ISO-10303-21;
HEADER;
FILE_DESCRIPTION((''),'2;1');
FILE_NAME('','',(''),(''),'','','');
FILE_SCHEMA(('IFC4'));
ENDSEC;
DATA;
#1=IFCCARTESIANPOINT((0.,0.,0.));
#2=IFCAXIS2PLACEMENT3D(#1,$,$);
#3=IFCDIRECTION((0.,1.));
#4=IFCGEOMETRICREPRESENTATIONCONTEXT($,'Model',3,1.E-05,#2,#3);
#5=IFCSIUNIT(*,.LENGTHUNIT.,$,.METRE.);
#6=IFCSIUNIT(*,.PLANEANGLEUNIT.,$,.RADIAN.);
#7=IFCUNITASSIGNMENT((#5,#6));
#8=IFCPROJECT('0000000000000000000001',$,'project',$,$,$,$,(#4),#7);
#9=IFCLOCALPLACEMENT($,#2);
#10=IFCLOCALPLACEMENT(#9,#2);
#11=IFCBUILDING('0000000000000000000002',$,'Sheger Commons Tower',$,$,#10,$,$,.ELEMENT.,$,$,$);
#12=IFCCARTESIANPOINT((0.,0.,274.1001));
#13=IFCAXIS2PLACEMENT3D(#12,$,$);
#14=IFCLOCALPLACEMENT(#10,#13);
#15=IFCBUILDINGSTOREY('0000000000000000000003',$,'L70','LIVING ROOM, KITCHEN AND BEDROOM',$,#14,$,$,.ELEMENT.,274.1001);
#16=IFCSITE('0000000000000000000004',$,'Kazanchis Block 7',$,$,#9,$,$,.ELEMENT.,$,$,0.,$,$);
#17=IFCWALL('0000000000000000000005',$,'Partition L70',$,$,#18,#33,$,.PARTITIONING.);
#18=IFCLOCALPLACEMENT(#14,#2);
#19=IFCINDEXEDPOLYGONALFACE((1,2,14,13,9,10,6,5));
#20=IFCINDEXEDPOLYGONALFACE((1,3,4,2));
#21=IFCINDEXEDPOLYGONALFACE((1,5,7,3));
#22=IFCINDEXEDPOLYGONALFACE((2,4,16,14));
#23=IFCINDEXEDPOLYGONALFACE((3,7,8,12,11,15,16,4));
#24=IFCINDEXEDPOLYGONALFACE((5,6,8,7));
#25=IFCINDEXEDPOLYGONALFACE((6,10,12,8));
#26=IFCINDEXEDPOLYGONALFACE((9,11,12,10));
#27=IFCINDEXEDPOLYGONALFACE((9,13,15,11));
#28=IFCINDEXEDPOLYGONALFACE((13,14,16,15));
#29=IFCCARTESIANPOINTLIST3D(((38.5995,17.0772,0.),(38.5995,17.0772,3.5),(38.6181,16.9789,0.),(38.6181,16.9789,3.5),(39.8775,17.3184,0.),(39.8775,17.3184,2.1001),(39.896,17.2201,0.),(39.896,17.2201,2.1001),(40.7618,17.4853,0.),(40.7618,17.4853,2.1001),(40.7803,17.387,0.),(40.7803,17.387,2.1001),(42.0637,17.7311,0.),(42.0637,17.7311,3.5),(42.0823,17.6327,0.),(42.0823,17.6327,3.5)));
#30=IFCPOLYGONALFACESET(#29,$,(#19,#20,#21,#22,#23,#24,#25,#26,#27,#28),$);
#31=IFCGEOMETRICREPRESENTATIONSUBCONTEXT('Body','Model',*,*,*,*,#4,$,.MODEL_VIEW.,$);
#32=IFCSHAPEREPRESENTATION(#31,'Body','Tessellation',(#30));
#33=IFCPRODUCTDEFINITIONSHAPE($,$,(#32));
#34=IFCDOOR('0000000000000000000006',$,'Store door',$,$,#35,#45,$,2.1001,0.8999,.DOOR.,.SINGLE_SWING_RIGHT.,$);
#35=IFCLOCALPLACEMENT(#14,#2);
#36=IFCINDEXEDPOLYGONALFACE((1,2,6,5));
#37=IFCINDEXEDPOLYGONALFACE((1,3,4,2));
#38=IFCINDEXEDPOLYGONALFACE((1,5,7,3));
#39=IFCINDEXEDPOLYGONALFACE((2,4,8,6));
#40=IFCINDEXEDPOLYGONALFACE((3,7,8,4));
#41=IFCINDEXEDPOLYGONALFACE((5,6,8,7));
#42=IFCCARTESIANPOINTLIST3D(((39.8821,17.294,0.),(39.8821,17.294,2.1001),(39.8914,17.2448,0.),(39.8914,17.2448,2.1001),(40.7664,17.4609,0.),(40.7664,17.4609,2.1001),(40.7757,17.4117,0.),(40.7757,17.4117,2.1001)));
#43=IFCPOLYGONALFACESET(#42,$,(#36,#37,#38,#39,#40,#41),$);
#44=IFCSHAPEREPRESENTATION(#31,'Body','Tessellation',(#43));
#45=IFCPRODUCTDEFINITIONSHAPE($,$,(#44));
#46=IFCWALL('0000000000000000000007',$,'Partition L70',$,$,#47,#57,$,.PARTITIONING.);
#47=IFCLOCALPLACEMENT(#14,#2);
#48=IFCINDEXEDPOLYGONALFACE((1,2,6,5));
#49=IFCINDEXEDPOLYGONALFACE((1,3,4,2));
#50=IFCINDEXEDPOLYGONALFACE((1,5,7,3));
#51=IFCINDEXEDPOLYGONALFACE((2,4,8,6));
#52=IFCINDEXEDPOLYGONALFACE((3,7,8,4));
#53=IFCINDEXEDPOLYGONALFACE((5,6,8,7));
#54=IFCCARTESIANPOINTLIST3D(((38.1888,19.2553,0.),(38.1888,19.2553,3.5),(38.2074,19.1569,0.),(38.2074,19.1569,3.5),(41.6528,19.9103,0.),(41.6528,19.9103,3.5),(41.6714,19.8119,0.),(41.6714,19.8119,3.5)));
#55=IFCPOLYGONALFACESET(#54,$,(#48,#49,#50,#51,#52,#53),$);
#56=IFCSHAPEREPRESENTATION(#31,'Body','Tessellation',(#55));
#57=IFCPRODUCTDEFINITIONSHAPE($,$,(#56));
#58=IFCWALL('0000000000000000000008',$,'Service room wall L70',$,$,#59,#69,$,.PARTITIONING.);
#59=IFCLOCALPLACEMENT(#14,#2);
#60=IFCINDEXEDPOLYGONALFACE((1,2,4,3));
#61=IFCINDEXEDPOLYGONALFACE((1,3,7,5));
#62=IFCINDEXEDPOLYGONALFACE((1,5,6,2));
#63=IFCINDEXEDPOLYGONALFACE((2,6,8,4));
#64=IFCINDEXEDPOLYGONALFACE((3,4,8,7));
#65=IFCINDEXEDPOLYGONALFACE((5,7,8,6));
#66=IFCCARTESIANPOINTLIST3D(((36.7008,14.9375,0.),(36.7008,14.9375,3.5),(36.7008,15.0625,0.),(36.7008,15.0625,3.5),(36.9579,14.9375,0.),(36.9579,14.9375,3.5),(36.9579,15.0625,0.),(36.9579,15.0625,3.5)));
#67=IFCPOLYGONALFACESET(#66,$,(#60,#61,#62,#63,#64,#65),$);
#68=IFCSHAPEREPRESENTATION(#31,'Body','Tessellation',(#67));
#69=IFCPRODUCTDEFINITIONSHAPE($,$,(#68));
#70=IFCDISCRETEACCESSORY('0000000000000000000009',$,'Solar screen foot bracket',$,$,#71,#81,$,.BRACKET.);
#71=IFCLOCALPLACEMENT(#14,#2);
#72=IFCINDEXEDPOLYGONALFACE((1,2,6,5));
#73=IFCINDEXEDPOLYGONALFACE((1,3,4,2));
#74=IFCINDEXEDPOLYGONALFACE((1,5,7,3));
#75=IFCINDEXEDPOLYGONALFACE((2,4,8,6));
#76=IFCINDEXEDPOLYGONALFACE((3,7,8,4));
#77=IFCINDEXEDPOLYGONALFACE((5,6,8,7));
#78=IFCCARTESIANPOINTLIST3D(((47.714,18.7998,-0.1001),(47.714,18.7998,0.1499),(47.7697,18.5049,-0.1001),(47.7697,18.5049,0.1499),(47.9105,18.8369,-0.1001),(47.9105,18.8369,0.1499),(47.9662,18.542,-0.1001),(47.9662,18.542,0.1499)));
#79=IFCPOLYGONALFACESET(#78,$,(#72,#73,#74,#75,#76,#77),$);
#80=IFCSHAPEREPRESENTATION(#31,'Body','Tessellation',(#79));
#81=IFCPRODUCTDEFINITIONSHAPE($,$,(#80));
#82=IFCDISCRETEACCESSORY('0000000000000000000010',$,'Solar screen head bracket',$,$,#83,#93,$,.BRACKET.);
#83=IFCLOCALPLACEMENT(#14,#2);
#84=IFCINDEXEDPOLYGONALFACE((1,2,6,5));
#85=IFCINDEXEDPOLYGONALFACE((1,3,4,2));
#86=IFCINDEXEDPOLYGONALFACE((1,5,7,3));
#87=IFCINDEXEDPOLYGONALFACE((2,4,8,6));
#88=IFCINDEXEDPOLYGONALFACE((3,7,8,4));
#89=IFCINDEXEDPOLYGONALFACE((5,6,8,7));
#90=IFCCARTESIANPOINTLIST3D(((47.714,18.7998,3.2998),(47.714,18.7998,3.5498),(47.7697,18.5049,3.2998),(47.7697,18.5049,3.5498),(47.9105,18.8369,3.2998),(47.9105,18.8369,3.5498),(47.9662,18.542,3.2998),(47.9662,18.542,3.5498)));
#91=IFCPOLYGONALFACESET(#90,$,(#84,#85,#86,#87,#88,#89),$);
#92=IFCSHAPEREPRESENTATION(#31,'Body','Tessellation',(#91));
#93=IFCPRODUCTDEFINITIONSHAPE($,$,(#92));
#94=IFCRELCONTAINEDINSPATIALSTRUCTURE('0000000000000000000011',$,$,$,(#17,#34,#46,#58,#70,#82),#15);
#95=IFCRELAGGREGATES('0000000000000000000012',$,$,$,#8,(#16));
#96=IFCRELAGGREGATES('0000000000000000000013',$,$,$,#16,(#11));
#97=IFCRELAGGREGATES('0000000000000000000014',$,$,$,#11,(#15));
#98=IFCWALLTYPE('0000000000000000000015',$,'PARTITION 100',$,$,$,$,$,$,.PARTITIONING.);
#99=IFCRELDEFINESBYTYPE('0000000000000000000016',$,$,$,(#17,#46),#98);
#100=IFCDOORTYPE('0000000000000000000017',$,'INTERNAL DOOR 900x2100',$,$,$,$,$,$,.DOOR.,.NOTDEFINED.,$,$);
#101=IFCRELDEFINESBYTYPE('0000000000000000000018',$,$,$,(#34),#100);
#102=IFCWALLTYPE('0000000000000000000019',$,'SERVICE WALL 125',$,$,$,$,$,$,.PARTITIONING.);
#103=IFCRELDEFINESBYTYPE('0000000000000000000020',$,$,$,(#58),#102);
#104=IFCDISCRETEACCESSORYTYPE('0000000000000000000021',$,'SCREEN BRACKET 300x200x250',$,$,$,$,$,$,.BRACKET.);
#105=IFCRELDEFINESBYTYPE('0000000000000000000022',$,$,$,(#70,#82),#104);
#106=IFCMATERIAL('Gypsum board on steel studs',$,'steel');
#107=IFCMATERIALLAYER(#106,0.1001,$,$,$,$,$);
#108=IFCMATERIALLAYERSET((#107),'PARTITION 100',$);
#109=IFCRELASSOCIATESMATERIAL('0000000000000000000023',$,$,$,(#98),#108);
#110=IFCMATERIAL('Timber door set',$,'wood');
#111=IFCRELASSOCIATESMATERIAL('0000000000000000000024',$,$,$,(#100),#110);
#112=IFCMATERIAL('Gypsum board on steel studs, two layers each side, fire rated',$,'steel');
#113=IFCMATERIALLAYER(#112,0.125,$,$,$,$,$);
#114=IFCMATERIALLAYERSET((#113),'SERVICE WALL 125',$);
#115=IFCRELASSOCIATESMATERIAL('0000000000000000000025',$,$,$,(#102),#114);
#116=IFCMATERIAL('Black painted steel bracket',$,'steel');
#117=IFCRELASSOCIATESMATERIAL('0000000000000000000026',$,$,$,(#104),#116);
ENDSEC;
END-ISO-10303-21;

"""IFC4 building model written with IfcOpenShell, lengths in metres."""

from ifc_helpers import new_model, si_unit, direction, frame, frame_2d, origin, origin_2d, place, context, subcontext, project, spatial, rectangle, extrude, material, layer, layer_set, type_object, element, fill, save


model = new_model("IFC4")

# Units and contexts
model_context = context("Model", 3, precision=1e-05, world=origin(), true_north=direction((0.0, 1.0)))
body_context = subcontext(model_context, "Body", "Model", "MODEL_VIEW")
ifc_project = project(units=[si_unit("LENGTHUNIT", "METRE"), si_unit("PLANEANGLEUNIT", "RADIAN")], contexts=[model_context])

# Site, building, storey
site_placement = place(None, origin())
site = spatial("IfcSite", under=ifc_project, at=site_placement, Name="Kazanchis Block 7", CompositionType="ELEMENT", RefElevation=0.0)
building_placement = place(site_placement, origin())
building = spatial("IfcBuilding", under=site, at=building_placement, Name="Sheger Commons Tower", CompositionType="ELEMENT")
storey_placement = place(building_placement, frame((0.0, 0.0, 274.1001)))
storey = spatial("IfcBuildingStorey", under=building, at=storey_placement, Name="L70", Description="LIVING ROOM, KITCHEN AND BEDROOM", CompositionType="ELEMENT", Elevation=274.1001)

# Shared definitions
ifc_material_1 = material(Name="Gypsum board on steel studs", Category="steel")
ifc_layer_1 = layer(ifc_material_1, 0.1001)
ifc_layer_set_1 = layer_set([ifc_layer_1], Name="PARTITION 100")
wall_type_1 = type_object("IfcWallType", Name="PARTITION 100", PredefinedType="PARTITIONING", material=ifc_layer_set_1)

# Wall, opening, door
wall_1_placement = place(storey_placement, frame((42.073, 17.6819, 0.0), z_axis=(0.0, 0.0, 1.0), x_axis=(-0.982651, -0.185463, 0.0)))
wall_1 = element("IfcWall", 1, at=wall_1_placement, inside=storey, type_object=wall_type_1, Name="Partition L70", PredefinedType="PARTITIONING", context=body_context, shape_type="SweptSolid", body=[
    extrude(rectangle(XDim=3.5254, YDim=0.1001, at=frame_2d((1.7627, 0.0))), origin(), (0.0, 0.0, 1.0), 3.5),
])
opening_placement = place(wall_1_placement, frame((1.325, 0.0, 0.0)))
opening = element("IfcOpeningElement", 2, at=opening_placement, cuts=wall_1, PredefinedType="OPENING", context=body_context, shape_type="SweptSolid", body=[
    extrude(rectangle(XDim=0.8999, YDim=2.1001, at=frame_2d((0.45, 1.05))), frame((0.0, 0.0601, 0.0), z_axis=(0.0, -1.0, 0.0), x_axis=(1.0, 0.0, 0.0)), (0.0, 0.0, 1.0), 0.1201),
])
ifc_material_2 = material(Name="Timber door set", Category="wood")
door_type = type_object("IfcDoorType", Name="INTERNAL DOOR 900x2100", OperationType="NOTDEFINED", PredefinedType="DOOR", material=ifc_material_2)
door_placement = place(opening_placement, origin())
door = element("IfcDoor", 3, at=door_placement, inside=storey, type_object=door_type, Name="Store door", OperationType="SINGLE_SWING_RIGHT", OverallHeight=2.1001, OverallWidth=0.8999, PredefinedType="DOOR", context=body_context, shape_type="SweptSolid", body=[
    extrude(rectangle(XDim=0.8999, YDim=2.1001, at=frame_2d((0.45, 1.05))), frame((0.0, 0.0249, 0.0), z_axis=(0.0, -1.0, 0.0), x_axis=(1.0, 0.0, 0.0)), (0.0, 0.0, 1.0), 0.05),
])
fill(opening, door)

# Walls
wall_2_placement = place(storey_placement, frame((41.6621, 19.8611, 0.0), z_axis=(0.0, 0.0, 1.0), x_axis=(-0.982588, -0.185798, 0.0)))
element("IfcWall", 4, at=wall_2_placement, inside=storey, type_object=wall_type_1, Name="Partition L70", PredefinedType="PARTITIONING", context=body_context, shape_type="SweptSolid", body=[
    extrude(rectangle(XDim=3.5254, YDim=0.1001, at=frame_2d((1.7627, 0.0))), origin(), (0.0, 0.0, 1.0), 3.5),
])
ifc_material_3 = material(Name="Gypsum board on steel studs, two layers each side, fire rated", Category="steel")
ifc_layer_2 = layer(ifc_material_3, 0.125)
ifc_layer_set_2 = layer_set([ifc_layer_2], Name="SERVICE WALL 125")
wall_type_2 = type_object("IfcWallType", Name="SERVICE WALL 125", PredefinedType="PARTITIONING", material=ifc_layer_set_2)
wall_3_placement = place(storey_placement, frame((36.7009, 15.0, 0.0), z_axis=(0.0, 0.0, 1.0), x_axis=(1.0, 0.0, 0.0)))
element("IfcWall", 5, at=wall_3_placement, inside=storey, type_object=wall_type_2, Name="Service room wall L70", PredefinedType="PARTITIONING", context=body_context, shape_type="SweptSolid", body=[
    extrude(rectangle(XDim=0.2571, YDim=0.125, at=frame_2d((0.1284, 0.0))), origin(), (0.0, 0.0, 1.0), 3.5),
])

# Discrete accessories
ifc_material_4 = material(Name="Black painted steel bracket", Category="steel")
discrete_accessory_type = type_object("IfcDiscreteAccessoryType", Name="SCREEN BRACKET 300x200x250", PredefinedType="BRACKET", material=ifc_material_4)
for number, where, z_axis, x_axis, name in (
    (6, (47.8401, 18.6709, -0.1001), (0.0, 0.0, 1.0), (-0.185615, 0.982623, 0.0), "Solar screen foot bracket"),
    (7, (47.8401, 18.6709, 3.2998), (0.0, 0.0, 1.0), (-0.185615, 0.982623, 0.0), "Solar screen head bracket"),
):
    element("IfcDiscreteAccessory", number, at=place(storey_placement, frame(where, z_axis=z_axis, x_axis=x_axis)), inside=storey, type_object=discrete_accessory_type, Name=name, PredefinedType="BRACKET", context=body_context, shape_type="SweptSolid", body=[
        extrude(rectangle(XDim=0.3, YDim=0.2, at=origin_2d()), origin(), (0.0, 0.0, 1.0), 0.25),
    ])

save(model, "model.ifc")
